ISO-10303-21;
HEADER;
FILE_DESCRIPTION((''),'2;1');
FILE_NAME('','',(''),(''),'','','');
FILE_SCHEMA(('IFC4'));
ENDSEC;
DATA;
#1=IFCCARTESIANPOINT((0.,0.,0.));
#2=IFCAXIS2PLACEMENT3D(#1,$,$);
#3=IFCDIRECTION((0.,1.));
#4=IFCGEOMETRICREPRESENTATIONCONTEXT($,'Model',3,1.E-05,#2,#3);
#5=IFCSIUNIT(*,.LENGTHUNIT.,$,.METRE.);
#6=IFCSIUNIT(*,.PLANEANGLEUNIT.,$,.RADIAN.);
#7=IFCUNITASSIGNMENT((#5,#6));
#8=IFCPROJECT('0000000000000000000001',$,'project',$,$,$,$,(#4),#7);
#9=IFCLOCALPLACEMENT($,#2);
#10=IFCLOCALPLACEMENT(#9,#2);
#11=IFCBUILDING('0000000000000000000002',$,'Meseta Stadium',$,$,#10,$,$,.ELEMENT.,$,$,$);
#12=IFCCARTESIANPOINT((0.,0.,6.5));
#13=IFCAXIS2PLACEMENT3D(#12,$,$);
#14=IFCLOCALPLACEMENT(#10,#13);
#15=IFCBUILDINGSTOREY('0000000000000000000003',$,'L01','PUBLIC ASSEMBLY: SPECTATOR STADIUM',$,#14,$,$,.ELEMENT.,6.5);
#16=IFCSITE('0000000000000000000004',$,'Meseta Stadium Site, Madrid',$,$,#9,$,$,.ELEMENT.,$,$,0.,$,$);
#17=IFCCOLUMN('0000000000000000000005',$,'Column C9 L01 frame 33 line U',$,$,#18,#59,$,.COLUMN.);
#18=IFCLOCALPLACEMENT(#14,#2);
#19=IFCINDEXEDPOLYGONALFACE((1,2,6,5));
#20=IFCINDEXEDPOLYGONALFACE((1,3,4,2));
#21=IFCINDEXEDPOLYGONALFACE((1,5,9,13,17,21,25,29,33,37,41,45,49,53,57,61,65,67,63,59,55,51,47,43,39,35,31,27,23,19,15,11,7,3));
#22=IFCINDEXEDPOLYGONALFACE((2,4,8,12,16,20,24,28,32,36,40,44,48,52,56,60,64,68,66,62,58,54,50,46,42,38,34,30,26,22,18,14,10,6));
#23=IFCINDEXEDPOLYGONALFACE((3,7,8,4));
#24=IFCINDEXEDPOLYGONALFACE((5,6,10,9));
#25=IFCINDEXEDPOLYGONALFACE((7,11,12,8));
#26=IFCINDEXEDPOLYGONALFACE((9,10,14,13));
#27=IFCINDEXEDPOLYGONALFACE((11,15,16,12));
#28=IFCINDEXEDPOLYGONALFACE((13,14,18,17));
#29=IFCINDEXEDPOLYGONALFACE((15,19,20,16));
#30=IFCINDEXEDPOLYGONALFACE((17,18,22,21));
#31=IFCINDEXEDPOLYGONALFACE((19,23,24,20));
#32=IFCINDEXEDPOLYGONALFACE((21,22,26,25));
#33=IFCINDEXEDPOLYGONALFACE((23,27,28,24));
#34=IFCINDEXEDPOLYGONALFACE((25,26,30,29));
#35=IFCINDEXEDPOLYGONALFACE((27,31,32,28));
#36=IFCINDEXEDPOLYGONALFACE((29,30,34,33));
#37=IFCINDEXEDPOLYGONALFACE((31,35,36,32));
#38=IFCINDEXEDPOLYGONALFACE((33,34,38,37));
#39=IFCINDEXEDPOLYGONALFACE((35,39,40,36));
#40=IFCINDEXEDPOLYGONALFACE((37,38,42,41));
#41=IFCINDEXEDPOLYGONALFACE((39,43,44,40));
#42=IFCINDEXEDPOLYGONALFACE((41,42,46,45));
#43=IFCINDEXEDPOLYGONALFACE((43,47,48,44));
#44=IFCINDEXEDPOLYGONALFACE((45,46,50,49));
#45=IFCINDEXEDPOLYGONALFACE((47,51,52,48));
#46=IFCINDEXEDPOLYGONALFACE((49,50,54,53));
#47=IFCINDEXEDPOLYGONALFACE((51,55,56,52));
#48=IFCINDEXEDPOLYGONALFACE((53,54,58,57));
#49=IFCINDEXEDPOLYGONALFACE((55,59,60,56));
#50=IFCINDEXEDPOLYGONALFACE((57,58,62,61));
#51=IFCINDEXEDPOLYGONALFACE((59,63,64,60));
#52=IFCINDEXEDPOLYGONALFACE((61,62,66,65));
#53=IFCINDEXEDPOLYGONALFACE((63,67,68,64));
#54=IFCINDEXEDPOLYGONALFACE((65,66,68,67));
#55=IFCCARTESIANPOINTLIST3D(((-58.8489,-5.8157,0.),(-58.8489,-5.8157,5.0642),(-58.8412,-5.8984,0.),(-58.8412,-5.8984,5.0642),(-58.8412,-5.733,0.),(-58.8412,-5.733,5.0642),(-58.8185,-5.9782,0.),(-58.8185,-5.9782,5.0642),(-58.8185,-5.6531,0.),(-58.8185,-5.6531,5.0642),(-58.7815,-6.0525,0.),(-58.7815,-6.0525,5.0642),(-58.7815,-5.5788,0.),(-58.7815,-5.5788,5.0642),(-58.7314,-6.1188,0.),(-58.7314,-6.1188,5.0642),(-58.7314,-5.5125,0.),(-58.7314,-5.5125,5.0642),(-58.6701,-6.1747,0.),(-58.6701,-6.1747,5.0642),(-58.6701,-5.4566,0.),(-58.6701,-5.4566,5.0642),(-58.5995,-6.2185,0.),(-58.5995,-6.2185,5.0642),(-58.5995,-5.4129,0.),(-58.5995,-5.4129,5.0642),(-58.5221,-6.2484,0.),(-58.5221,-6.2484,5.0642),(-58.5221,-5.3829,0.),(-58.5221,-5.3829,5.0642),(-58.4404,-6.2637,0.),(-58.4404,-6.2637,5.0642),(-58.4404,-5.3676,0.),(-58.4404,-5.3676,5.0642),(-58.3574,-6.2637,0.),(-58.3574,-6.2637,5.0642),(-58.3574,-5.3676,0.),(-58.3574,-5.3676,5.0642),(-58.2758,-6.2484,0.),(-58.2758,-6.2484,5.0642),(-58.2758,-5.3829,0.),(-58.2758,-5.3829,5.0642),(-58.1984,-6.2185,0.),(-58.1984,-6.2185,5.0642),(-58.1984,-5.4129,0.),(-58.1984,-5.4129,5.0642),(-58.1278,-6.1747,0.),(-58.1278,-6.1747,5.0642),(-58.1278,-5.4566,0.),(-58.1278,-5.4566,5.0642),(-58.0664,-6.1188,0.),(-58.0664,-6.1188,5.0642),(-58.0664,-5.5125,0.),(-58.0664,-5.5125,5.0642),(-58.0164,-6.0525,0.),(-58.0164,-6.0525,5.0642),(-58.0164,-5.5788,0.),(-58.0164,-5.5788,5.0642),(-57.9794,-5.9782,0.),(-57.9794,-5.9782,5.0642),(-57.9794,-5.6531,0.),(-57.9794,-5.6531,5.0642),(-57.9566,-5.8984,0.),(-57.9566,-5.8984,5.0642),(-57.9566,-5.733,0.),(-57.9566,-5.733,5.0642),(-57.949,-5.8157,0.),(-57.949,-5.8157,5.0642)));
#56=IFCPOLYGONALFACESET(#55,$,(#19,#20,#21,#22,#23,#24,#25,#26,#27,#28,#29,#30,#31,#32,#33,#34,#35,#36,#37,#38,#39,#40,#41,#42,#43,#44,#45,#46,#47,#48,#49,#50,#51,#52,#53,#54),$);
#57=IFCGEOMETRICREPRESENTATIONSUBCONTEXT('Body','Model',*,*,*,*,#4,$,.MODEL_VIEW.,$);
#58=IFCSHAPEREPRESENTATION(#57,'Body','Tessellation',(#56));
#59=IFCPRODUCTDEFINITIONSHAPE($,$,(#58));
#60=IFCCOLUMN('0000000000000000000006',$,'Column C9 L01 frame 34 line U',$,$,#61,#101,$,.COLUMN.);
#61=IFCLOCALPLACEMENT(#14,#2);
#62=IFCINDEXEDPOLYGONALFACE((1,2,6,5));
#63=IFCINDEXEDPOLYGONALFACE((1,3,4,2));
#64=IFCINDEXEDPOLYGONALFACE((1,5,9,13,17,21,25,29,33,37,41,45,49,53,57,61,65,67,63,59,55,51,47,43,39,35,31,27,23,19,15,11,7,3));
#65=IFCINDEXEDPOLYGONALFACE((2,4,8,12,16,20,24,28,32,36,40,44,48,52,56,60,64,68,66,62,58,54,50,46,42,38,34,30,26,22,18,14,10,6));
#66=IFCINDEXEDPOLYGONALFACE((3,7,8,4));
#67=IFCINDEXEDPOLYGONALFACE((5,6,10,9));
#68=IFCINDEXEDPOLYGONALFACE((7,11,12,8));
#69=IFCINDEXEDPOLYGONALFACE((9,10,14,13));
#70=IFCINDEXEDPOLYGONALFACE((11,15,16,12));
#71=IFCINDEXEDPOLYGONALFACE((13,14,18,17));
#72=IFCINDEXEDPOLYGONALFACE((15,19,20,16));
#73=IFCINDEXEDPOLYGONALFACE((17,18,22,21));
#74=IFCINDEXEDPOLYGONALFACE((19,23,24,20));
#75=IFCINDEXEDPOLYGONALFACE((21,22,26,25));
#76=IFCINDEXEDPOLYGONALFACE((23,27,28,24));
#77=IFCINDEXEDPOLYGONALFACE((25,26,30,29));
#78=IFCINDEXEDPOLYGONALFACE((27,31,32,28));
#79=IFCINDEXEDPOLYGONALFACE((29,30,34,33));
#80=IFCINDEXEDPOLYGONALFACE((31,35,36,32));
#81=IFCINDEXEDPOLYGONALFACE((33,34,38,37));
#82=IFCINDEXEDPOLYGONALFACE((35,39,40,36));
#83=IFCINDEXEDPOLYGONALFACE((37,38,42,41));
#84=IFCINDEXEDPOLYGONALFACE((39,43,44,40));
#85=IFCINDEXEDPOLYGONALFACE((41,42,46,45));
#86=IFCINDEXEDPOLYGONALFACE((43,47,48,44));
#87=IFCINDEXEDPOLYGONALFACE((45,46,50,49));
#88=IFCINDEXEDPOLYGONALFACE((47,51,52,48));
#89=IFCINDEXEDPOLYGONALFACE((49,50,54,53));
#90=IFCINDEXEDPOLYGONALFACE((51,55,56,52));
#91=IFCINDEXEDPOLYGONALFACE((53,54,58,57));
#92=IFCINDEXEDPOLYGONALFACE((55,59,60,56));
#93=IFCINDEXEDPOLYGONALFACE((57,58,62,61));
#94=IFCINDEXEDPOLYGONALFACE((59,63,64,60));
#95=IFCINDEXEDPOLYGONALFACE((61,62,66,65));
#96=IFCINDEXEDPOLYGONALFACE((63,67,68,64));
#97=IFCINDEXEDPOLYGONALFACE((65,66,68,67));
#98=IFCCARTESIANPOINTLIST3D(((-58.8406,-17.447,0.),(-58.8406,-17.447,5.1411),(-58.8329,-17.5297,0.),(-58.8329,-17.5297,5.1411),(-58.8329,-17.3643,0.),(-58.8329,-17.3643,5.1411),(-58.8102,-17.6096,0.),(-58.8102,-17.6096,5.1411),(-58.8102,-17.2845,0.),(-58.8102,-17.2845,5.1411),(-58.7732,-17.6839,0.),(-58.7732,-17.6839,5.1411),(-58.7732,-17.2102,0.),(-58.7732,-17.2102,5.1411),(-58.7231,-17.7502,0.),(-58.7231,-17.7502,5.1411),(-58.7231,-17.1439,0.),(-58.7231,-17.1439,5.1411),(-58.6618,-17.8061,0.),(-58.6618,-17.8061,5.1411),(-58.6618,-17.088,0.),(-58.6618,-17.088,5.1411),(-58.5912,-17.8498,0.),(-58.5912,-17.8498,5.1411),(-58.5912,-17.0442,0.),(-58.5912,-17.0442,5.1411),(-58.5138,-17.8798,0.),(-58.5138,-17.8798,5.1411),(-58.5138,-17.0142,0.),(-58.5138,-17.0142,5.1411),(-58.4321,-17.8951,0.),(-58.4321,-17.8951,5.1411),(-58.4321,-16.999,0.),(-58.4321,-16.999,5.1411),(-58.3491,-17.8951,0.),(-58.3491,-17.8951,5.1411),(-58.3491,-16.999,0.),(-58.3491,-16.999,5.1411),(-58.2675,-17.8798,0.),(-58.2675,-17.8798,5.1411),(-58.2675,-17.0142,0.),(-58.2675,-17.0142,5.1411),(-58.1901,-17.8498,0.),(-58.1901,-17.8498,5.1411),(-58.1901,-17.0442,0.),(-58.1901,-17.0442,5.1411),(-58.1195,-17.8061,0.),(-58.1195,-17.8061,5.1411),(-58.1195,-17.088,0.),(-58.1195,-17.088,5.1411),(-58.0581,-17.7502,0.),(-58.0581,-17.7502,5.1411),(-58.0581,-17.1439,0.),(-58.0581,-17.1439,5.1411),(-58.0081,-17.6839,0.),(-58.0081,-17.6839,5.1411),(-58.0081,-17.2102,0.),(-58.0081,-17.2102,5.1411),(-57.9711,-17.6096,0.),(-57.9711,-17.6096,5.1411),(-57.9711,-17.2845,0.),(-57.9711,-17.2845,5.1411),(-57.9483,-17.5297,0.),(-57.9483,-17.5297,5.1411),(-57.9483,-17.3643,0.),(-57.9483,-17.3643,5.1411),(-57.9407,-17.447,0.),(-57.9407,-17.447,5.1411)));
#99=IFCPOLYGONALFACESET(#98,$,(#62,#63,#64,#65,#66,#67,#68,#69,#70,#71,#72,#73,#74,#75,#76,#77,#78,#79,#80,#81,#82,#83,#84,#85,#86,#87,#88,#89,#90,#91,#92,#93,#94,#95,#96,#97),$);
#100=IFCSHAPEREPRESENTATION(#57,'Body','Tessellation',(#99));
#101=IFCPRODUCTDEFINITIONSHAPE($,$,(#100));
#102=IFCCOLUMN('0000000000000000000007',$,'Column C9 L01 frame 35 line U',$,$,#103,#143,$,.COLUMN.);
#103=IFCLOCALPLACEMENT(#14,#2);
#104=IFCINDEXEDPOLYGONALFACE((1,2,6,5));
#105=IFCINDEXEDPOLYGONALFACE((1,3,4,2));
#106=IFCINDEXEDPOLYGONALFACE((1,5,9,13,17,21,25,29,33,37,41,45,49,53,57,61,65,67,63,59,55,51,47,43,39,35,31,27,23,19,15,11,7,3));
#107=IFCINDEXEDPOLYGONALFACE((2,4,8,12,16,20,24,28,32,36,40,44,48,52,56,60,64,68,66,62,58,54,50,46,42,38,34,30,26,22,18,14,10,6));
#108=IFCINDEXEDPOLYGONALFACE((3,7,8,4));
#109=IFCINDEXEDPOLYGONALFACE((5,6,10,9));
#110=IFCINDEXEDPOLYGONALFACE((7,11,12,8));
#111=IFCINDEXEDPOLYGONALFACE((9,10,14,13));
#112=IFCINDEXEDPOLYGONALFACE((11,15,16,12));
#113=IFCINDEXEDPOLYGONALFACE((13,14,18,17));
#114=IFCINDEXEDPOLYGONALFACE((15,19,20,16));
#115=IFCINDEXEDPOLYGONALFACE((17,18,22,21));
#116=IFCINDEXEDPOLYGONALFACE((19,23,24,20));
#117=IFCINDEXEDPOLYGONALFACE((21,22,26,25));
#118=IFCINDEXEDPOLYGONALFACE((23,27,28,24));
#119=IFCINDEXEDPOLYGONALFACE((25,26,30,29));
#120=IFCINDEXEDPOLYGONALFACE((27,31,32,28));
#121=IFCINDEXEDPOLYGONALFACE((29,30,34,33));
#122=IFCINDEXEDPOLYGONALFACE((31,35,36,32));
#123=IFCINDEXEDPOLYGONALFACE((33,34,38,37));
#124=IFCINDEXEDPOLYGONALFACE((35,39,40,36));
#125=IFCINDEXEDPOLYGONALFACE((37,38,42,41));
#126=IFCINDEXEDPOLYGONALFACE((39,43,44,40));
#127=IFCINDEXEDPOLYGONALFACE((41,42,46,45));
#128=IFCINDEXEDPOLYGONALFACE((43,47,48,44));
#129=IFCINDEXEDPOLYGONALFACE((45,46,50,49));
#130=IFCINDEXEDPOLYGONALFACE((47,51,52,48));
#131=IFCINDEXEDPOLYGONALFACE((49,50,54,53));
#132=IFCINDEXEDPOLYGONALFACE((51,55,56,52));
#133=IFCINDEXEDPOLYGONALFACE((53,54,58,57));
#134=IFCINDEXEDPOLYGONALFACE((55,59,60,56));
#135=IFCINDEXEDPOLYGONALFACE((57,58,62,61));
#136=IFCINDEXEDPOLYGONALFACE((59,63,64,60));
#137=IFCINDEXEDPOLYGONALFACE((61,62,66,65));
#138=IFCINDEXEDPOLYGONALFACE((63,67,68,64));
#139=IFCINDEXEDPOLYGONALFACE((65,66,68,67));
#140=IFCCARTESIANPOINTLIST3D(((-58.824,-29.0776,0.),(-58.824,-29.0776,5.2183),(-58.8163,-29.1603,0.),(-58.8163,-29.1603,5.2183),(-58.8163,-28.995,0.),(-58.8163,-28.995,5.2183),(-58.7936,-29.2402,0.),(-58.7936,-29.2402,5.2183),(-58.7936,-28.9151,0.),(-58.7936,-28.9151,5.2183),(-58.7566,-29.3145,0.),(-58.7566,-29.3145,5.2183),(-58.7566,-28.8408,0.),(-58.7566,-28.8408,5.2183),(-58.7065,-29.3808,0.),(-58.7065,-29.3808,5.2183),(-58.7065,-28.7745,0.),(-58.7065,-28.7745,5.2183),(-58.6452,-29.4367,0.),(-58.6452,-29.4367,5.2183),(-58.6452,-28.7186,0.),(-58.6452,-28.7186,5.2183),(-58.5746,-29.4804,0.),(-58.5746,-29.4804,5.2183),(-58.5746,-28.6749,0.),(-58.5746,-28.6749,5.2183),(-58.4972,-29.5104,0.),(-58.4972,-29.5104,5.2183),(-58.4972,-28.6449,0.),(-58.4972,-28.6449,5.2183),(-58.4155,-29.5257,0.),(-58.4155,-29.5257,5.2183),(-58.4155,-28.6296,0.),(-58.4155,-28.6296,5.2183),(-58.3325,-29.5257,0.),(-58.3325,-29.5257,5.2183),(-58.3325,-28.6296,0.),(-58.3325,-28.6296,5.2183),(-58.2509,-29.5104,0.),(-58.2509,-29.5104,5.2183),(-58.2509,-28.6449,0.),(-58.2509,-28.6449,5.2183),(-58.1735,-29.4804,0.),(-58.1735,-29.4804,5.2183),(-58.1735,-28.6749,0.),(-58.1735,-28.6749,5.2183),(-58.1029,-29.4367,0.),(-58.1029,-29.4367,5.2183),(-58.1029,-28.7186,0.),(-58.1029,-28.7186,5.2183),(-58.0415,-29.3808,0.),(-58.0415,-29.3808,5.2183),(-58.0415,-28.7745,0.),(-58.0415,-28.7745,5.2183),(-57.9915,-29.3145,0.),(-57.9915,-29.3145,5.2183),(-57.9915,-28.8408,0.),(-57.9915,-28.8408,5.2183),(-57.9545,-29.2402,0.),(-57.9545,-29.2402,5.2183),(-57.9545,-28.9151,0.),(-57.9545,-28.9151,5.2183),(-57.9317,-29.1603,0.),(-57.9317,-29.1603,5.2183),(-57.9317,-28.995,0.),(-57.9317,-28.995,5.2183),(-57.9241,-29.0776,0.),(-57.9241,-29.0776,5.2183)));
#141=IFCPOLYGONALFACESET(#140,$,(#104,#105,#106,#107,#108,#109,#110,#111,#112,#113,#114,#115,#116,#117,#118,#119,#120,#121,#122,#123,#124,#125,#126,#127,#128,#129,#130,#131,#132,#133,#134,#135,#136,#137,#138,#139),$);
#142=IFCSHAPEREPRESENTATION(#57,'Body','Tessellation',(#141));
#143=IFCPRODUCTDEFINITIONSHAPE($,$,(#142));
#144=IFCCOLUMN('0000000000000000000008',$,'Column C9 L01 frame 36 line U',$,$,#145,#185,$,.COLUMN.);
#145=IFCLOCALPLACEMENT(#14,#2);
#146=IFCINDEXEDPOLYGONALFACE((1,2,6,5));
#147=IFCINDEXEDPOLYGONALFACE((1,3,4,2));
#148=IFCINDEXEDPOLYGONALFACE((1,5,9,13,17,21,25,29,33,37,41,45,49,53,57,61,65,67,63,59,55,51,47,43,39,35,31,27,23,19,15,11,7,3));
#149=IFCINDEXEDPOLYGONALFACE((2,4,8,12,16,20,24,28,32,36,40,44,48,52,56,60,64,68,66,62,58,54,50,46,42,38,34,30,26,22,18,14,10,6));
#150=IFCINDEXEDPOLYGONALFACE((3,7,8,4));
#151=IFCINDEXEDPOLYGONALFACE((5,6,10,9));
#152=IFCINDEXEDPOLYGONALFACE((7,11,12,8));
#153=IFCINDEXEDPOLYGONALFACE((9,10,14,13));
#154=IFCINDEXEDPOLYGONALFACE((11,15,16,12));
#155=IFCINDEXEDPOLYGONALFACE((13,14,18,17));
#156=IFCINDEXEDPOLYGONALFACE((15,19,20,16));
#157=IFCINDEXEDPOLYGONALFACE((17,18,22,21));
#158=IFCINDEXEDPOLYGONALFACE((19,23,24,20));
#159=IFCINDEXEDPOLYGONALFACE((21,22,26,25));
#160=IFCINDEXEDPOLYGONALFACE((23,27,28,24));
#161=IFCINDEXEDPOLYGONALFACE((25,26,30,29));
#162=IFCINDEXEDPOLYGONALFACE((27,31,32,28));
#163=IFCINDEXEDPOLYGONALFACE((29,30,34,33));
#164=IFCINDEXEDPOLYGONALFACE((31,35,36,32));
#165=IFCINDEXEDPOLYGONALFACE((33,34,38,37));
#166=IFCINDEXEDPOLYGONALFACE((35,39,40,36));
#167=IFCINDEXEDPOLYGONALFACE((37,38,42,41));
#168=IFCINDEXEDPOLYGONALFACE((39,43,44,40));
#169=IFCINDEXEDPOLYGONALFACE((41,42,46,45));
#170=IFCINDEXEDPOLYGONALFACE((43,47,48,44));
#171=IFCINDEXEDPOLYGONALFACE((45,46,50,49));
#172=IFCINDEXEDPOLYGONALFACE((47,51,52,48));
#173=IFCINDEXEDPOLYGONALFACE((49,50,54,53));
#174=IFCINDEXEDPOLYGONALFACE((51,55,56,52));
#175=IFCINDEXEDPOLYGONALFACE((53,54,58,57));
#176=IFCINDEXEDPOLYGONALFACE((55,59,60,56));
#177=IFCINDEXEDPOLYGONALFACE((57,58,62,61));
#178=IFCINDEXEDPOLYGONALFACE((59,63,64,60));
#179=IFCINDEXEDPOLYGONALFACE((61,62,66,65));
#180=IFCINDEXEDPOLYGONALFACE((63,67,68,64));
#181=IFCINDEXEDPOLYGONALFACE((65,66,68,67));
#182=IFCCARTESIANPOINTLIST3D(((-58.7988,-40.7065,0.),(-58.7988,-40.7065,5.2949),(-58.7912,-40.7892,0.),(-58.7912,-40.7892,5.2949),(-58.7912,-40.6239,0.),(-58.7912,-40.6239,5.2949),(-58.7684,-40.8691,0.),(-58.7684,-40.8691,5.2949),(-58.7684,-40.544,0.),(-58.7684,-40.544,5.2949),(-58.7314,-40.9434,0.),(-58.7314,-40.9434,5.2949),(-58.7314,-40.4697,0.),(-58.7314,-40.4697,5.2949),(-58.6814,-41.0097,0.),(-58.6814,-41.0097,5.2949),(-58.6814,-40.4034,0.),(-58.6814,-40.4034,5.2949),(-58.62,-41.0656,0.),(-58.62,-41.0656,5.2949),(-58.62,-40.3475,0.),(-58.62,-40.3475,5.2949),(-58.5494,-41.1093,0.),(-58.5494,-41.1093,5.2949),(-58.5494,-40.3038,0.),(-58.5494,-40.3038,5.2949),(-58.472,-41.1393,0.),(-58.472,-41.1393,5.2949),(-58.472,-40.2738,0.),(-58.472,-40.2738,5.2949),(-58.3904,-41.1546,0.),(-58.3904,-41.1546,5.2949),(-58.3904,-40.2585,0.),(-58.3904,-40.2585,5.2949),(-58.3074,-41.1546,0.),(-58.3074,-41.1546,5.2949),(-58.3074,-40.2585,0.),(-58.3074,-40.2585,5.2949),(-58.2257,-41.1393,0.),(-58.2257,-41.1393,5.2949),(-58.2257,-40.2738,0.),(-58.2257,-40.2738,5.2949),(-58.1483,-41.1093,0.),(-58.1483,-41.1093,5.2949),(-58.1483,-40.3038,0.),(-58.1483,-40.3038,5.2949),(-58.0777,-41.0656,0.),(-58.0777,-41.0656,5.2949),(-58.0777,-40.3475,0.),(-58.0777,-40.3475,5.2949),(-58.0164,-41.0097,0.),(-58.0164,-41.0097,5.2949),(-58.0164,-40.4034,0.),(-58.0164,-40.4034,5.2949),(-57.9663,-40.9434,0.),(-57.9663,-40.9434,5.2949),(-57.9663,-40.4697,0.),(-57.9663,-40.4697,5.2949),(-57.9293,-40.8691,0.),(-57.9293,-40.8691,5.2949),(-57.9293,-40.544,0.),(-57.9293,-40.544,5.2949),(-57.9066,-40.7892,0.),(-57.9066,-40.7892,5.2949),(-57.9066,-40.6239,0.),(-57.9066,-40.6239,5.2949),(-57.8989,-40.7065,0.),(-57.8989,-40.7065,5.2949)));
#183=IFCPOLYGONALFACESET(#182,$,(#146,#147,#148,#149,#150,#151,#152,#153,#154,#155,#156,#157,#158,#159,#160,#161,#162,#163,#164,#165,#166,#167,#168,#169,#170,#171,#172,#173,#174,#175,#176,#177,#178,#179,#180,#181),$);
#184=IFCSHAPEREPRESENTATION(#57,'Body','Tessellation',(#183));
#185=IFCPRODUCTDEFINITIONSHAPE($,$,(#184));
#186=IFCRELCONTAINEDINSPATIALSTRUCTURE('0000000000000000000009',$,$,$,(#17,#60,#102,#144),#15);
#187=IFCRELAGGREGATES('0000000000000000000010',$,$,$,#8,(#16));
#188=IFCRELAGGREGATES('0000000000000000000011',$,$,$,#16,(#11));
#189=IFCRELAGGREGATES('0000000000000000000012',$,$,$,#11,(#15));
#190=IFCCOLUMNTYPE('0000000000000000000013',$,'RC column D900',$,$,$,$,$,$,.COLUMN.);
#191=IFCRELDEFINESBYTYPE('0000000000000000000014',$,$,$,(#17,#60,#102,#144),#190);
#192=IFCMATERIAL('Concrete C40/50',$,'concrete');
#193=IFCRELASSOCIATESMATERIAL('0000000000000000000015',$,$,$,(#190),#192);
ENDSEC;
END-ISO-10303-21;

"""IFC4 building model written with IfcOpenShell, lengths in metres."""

from ifc_helpers import new_model, si_unit, direction, frame, origin, origin_2d, place, context, subcontext, project, spatial, circle, extrude, material, material_profile, profile_set, type_object, element, save


model = new_model("IFC4")

# Units and contexts
model_context = context("Model", 3, precision=1e-05, world=origin(), true_north=direction((0.0, 1.0)))
body_context = subcontext(model_context, "Body", "Model", "MODEL_VIEW")
ifc_project = project(units=[si_unit("LENGTHUNIT", "METRE"), si_unit("PLANEANGLEUNIT", "RADIAN")], contexts=[model_context])

# Site, building, storey
site_placement = place(None, origin())
site = spatial("IfcSite", under=ifc_project, at=site_placement, Name="Meseta Stadium Site, Madrid", CompositionType="ELEMENT", RefElevation=0.0)
building_placement = place(site_placement, origin())
building = spatial("IfcBuilding", under=site, at=building_placement, Name="Meseta Stadium", CompositionType="ELEMENT")
storey_placement = place(building_placement, frame((0.0, 0.0, 6.5)))
storey = spatial("IfcBuildingStorey", under=building, at=storey_placement, Name="L01", Description="PUBLIC ASSEMBLY: SPECTATOR STADIUM", CompositionType="ELEMENT", Elevation=6.5)

# Columns
ifc_material_1 = material(Name="Concrete C40/50", Category="concrete")
ifc_material_profile_1 = material_profile(ifc_material_1, circle(Radius=0.45, at=origin_2d()), Name="RC D900")
ifc_profile_set_1 = profile_set([ifc_material_profile_1], Name="Concrete C40/50")
column_type = type_object("IfcColumnType", Name="RC column D900", PredefinedType="COLUMN", material=ifc_profile_set_1)
column_1_placement = place(storey_placement, frame((-58.3989, -5.8157, 0.0), z_axis=(0.0, 0.0, 1.0), x_axis=(1.0, 0.0, 0.0)))
element("IfcColumn", 1, at=column_1_placement, inside=storey, type_object=column_type, Name="Column C9 L01 frame 33 line U", PredefinedType="COLUMN", context=body_context, shape_type="SweptSolid", body=[
    extrude(circle(Radius=0.45, at=origin_2d()), origin(), (0.0, 0.0, 1.0), 5.0642),
])
column_2_placement = place(storey_placement, frame((-58.3906, -17.447, 0.0), z_axis=(0.0, 0.0, 1.0), x_axis=(1.0, 0.0, 0.0)))
element("IfcColumn", 2, at=column_2_placement, inside=storey, type_object=column_type, Name="Column C9 L01 frame 34 line U", PredefinedType="COLUMN", context=body_context, shape_type="SweptSolid", body=[
    extrude(circle(Radius=0.45, at=origin_2d()), origin(), (0.0, 0.0, 1.0), 5.1411),
])
column_3_placement = place(storey_placement, frame((-58.374, -29.0776, 0.0), z_axis=(0.0, 0.0, 1.0), x_axis=(1.0, 0.0, 0.0)))
element("IfcColumn", 3, at=column_3_placement, inside=storey, type_object=column_type, Name="Column C9 L01 frame 35 line U", PredefinedType="COLUMN", context=body_context, shape_type="SweptSolid", body=[
    extrude(circle(Radius=0.45, at=origin_2d()), origin(), (0.0, 0.0, 1.0), 5.2183),
])
column_4_placement = place(storey_placement, frame((-58.3489, -40.7065, 0.0), z_axis=(0.0, 0.0, 1.0), x_axis=(1.0, 0.0, 0.0)))
element("IfcColumn", 4, at=column_4_placement, inside=storey, type_object=column_type, Name="Column C9 L01 frame 36 line U", PredefinedType="COLUMN", context=body_context, shape_type="SweptSolid", body=[
    extrude(circle(Radius=0.45, at=origin_2d()), origin(), (0.0, 0.0, 1.0), 5.2949),
])

save(model, "model.ifc")
